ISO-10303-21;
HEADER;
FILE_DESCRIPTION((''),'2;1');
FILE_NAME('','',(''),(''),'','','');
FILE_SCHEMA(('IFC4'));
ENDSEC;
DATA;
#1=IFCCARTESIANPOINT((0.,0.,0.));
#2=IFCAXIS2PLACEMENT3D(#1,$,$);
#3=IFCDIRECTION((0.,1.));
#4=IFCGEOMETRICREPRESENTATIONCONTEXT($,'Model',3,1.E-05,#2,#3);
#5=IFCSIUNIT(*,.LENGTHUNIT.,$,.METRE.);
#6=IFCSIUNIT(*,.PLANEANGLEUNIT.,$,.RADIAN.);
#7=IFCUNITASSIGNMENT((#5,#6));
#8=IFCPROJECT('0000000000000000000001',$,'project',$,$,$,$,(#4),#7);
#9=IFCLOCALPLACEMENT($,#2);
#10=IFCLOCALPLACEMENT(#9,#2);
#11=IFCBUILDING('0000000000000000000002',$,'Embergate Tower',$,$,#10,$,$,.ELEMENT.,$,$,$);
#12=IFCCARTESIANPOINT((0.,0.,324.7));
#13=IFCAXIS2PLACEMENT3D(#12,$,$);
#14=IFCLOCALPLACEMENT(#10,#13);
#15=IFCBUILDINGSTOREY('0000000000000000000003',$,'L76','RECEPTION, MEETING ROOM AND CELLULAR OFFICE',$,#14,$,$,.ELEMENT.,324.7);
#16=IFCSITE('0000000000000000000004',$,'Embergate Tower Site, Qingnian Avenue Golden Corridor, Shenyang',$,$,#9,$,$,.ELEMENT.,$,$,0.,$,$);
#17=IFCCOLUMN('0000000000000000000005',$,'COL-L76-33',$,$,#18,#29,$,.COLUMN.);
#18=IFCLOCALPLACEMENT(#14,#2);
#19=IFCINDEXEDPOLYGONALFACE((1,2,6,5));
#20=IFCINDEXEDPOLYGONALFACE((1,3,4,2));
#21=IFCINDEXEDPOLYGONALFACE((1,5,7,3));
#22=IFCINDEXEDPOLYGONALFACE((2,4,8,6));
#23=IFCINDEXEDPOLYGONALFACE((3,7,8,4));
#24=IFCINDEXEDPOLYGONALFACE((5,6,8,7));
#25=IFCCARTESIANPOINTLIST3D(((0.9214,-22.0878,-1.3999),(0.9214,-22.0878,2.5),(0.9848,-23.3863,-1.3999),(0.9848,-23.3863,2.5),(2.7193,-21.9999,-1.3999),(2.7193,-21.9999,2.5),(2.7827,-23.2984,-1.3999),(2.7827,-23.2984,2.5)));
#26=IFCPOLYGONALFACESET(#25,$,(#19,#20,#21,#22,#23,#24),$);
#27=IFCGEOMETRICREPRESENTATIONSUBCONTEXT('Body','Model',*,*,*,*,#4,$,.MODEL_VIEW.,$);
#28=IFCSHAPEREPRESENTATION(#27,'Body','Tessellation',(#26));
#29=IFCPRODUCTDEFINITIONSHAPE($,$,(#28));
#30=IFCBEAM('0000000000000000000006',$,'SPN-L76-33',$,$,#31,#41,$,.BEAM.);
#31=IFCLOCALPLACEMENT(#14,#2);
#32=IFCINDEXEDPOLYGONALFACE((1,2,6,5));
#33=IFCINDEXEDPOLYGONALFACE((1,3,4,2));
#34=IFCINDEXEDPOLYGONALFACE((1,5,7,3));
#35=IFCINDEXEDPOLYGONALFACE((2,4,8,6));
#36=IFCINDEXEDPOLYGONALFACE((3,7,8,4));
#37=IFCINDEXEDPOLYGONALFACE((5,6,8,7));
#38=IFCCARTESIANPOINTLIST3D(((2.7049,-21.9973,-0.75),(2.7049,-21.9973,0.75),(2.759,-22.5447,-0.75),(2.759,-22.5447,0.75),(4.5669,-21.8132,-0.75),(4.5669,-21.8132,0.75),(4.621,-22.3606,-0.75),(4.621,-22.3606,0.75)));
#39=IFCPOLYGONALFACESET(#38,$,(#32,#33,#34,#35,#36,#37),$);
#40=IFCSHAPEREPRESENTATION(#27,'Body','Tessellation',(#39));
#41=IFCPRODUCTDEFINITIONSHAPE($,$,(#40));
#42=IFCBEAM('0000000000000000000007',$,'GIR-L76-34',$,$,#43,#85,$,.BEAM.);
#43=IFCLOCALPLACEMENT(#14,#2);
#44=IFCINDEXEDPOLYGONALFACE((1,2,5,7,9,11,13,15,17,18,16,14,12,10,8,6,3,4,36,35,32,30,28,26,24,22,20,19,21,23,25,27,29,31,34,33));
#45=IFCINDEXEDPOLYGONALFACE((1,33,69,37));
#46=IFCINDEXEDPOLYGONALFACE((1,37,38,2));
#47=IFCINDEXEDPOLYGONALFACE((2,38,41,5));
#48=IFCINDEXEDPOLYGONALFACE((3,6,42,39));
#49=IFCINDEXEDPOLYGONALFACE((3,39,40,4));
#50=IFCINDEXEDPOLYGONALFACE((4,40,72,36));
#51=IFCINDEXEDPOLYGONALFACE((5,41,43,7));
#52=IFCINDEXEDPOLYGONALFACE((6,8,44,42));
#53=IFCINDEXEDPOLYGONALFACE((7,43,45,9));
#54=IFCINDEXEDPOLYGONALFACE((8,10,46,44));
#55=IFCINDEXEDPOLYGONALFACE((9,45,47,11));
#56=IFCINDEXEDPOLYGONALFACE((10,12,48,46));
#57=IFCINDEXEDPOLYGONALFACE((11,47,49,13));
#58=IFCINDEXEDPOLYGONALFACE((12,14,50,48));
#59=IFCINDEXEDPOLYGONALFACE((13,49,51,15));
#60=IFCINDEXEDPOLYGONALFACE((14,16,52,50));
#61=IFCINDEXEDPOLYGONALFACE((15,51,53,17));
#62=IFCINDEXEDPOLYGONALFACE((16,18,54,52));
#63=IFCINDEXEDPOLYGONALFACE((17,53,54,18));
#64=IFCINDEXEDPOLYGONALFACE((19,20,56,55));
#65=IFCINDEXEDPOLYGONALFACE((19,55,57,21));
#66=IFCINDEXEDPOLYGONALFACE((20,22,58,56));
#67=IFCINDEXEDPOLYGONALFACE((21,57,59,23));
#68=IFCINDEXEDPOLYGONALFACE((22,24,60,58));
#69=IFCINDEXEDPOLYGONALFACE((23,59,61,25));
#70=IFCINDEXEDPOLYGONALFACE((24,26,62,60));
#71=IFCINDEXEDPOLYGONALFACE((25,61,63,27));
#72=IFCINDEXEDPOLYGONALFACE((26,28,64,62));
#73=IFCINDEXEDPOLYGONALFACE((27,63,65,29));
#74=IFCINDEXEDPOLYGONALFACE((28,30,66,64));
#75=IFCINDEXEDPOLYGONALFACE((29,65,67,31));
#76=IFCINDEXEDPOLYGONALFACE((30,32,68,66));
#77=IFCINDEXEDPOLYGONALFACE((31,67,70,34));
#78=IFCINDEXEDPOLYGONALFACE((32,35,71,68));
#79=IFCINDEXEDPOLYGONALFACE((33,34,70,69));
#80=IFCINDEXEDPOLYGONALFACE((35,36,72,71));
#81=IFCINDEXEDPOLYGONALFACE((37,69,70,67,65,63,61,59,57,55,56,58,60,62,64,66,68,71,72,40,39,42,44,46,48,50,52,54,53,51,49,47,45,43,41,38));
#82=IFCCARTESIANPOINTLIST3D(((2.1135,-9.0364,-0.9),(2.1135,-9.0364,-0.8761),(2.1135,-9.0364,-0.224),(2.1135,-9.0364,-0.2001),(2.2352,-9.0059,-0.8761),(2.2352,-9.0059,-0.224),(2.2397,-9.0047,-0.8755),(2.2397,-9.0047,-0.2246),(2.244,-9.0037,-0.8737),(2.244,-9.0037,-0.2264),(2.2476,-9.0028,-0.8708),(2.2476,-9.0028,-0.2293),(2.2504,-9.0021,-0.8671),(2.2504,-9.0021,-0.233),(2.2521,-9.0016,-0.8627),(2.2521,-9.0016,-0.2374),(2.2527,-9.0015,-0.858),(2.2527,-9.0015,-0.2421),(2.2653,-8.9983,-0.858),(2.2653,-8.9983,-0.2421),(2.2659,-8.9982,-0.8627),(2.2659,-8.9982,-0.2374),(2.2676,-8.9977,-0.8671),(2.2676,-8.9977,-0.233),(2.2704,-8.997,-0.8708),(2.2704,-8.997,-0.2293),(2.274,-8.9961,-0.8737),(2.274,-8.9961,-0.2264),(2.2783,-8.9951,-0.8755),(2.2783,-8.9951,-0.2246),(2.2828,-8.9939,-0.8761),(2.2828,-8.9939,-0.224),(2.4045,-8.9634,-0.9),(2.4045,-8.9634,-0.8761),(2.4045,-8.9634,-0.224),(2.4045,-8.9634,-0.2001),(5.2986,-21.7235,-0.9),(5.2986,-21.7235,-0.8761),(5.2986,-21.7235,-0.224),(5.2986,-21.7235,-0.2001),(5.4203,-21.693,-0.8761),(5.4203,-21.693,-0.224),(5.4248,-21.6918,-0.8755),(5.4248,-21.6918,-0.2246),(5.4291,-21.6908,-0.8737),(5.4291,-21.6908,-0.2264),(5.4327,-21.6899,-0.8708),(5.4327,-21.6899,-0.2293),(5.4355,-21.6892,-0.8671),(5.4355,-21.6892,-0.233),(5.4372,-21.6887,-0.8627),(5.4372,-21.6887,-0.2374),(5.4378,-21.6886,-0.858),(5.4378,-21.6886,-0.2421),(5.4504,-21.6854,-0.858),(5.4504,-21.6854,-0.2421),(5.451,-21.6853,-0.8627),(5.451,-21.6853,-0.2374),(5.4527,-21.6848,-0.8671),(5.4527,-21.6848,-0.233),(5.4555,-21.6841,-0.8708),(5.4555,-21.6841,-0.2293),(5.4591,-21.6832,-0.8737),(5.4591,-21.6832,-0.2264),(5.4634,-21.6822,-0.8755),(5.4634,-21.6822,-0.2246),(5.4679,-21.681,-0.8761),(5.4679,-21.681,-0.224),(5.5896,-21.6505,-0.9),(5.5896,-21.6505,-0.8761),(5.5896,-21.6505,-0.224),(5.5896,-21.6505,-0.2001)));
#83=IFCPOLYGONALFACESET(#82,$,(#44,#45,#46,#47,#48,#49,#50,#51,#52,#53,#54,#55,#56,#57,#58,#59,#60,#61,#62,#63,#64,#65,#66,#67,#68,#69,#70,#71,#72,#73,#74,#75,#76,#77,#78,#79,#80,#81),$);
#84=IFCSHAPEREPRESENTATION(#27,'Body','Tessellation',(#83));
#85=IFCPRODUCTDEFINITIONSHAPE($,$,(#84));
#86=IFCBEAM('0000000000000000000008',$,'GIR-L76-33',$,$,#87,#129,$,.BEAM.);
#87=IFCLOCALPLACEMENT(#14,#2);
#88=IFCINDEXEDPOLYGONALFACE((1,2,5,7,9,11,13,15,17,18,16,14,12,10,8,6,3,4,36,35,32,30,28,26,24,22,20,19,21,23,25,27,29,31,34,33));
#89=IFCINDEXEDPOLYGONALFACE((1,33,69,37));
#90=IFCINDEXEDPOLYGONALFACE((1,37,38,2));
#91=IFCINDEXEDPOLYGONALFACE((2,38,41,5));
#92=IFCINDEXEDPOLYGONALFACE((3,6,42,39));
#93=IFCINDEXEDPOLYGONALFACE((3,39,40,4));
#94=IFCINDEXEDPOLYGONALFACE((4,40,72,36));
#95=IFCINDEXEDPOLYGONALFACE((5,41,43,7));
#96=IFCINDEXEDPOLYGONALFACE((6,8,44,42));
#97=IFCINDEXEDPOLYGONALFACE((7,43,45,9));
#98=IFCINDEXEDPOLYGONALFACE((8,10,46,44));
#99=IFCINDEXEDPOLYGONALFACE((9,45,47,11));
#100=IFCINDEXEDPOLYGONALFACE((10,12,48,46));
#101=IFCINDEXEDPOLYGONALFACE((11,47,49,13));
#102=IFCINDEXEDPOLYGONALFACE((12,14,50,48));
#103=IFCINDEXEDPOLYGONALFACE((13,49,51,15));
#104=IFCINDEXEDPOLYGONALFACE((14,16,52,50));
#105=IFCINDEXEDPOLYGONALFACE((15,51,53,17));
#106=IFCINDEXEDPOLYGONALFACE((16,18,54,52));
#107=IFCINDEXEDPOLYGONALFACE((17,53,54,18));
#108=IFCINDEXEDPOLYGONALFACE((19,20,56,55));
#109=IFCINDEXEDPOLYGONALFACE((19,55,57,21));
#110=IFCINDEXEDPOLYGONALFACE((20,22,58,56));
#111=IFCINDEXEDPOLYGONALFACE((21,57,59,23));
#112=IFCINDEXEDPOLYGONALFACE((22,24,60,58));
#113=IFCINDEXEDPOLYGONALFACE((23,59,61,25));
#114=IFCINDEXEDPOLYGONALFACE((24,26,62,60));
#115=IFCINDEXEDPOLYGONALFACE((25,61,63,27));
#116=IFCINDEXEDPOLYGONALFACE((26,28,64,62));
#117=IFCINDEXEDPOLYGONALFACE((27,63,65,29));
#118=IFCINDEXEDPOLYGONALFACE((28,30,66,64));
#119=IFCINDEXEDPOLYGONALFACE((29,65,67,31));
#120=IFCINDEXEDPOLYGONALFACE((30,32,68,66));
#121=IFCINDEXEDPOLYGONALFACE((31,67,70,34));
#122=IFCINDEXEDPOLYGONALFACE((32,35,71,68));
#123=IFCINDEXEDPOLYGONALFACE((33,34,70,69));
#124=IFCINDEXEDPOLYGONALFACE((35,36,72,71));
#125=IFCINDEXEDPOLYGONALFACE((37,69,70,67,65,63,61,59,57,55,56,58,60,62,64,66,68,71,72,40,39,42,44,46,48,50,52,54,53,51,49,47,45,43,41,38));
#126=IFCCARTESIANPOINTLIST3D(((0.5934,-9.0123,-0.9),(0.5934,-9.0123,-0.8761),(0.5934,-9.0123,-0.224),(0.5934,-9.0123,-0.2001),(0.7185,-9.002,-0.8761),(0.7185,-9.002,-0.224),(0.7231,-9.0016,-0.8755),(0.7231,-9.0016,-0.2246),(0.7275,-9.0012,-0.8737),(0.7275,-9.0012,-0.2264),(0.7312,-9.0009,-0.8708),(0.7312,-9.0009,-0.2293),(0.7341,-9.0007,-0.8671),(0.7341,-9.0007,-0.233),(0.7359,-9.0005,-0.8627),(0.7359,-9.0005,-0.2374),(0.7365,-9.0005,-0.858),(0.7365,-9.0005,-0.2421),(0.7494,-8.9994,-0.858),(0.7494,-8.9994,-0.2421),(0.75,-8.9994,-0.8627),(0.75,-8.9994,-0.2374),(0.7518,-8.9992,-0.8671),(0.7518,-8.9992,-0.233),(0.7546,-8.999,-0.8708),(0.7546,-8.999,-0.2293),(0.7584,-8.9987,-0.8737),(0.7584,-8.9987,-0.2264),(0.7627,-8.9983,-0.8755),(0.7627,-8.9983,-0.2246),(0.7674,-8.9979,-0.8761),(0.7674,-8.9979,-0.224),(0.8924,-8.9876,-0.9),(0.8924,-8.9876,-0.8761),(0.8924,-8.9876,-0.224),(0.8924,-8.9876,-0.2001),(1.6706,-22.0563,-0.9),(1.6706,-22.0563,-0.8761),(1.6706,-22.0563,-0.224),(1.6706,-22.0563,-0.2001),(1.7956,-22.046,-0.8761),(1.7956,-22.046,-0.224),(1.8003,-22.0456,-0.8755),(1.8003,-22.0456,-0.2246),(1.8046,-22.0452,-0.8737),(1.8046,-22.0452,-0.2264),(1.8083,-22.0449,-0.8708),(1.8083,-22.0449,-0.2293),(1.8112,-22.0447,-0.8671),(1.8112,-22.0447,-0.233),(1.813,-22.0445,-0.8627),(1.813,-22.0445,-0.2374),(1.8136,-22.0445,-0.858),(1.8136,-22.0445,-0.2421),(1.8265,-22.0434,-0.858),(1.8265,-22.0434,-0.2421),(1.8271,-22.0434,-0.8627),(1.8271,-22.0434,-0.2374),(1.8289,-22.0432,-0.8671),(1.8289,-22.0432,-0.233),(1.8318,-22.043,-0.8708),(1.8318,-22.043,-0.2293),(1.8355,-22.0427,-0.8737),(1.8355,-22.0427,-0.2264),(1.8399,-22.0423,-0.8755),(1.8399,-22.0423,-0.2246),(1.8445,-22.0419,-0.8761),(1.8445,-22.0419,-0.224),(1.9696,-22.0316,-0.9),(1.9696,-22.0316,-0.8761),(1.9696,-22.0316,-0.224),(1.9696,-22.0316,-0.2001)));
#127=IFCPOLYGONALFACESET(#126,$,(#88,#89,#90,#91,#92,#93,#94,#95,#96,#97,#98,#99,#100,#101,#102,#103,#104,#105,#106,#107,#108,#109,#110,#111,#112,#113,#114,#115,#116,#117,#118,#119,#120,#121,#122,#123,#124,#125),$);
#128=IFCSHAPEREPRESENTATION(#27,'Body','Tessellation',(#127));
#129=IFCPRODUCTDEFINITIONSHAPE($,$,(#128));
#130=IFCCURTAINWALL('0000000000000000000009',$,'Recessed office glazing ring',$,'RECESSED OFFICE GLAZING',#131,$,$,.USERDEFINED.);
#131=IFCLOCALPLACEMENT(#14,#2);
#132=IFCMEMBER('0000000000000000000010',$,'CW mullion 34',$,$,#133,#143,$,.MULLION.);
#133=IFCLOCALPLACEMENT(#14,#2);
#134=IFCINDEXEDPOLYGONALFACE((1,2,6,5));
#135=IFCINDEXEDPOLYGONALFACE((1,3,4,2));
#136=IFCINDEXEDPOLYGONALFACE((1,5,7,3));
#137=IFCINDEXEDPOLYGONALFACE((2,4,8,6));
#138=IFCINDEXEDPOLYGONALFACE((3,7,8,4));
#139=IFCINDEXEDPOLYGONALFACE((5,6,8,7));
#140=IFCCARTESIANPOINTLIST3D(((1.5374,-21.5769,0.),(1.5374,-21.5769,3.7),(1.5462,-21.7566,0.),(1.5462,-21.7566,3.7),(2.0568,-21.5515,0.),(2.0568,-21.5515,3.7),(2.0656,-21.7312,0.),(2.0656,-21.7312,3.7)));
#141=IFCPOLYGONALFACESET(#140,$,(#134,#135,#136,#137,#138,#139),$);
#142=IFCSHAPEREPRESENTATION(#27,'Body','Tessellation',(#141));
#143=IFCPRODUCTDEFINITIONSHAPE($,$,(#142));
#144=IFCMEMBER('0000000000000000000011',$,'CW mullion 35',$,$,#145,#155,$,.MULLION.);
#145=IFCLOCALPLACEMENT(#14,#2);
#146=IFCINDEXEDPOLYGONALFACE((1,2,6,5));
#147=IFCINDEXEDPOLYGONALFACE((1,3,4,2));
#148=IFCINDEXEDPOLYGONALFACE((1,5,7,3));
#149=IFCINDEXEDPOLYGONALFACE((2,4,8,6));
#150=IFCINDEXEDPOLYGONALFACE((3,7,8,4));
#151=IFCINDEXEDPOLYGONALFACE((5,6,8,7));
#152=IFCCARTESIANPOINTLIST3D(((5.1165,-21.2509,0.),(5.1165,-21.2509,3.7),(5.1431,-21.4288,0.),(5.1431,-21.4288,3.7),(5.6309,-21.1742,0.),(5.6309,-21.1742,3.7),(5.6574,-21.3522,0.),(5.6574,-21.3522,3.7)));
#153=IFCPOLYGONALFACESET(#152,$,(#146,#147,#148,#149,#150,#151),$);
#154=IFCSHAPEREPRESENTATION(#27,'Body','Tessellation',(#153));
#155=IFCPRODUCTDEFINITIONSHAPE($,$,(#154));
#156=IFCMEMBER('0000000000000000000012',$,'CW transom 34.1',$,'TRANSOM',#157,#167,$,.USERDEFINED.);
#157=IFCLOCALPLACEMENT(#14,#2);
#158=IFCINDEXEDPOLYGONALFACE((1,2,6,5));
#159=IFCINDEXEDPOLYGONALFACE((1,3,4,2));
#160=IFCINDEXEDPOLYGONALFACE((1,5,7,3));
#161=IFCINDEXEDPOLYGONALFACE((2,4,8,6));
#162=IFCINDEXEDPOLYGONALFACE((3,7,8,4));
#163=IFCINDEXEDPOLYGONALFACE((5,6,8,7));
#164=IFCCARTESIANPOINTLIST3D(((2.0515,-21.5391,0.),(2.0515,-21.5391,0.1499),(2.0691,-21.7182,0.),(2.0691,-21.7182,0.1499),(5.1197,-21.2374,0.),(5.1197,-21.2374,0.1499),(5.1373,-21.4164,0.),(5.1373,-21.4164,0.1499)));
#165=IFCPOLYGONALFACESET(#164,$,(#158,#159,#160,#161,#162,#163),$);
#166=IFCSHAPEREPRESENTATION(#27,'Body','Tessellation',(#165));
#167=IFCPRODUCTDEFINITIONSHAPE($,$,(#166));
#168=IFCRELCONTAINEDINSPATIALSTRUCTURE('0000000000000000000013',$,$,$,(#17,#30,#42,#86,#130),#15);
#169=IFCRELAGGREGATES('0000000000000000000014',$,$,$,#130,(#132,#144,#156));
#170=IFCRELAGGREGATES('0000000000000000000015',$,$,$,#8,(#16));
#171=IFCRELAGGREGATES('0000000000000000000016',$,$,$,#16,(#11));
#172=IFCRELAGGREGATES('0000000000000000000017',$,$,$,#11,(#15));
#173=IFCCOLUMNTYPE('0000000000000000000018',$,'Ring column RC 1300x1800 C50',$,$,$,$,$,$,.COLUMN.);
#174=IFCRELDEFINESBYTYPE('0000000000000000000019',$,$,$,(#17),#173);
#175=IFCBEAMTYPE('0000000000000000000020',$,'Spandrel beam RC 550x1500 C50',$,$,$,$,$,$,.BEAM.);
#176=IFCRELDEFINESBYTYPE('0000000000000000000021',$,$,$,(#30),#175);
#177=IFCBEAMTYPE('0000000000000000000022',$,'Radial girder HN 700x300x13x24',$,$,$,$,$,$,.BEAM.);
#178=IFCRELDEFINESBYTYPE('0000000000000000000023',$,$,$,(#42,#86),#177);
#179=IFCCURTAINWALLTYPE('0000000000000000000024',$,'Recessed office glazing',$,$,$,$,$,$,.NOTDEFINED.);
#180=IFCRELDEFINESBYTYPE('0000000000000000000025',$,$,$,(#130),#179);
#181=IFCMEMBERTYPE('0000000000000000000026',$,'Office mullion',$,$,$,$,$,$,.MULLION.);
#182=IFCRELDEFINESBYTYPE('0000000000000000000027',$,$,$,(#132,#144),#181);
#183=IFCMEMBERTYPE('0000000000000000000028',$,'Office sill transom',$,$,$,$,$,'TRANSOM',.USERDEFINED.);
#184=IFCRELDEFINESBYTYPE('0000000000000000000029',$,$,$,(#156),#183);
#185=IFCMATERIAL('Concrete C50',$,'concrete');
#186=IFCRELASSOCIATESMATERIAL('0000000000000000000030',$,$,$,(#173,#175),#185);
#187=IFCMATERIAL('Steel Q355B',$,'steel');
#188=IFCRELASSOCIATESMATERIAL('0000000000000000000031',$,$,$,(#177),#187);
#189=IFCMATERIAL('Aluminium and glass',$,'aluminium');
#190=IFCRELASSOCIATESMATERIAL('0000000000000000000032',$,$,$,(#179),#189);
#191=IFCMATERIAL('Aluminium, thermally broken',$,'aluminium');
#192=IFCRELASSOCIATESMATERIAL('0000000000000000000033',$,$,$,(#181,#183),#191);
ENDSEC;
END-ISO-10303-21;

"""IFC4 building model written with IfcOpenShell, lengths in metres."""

from ifc_helpers import new_model, si_unit, direction, frame, origin, origin_2d, place, context, subcontext, project, spatial, rectangle, i_section, extrude, source, transform, mapped, material, material_profile, profile_set, type_object, element, aggregate, save


model = new_model("IFC4")

# Units and contexts
model_context = context("Model", 3, precision=1e-05, world=origin(), true_north=direction((0.0, 1.0)))
body_context = subcontext(model_context, "Body", "Model", "MODEL_VIEW")
ifc_project = project(units=[si_unit("LENGTHUNIT", "METRE"), si_unit("PLANEANGLEUNIT", "RADIAN")], contexts=[model_context])

# Site, building, storey
site_placement = place(None, origin())
site = spatial("IfcSite", under=ifc_project, at=site_placement, Name="Embergate Tower Site, Qingnian Avenue Golden Corridor, Shenyang", CompositionType="ELEMENT", RefElevation=0.0)
building_placement = place(site_placement, origin())
building = spatial("IfcBuilding", under=site, at=building_placement, Name="Embergate Tower", CompositionType="ELEMENT")
storey_placement = place(building_placement, frame((0.0, 0.0, 324.7)))
storey = spatial("IfcBuildingStorey", under=building, at=storey_placement, Name="L76", Description="RECEPTION, MEETING ROOM AND CELLULAR OFFICE", CompositionType="ELEMENT", Elevation=324.7)

# Column
ifc_material_1 = material(Name="Concrete C50", Category="concrete")
ifc_material_profile_1 = material_profile(ifc_material_1, rectangle(XDim=1.3, YDim=1.8, at=origin_2d()), Name="RC 1300x1800")
ifc_profile_set_1 = profile_set([ifc_material_profile_1], Name="Concrete C50")
column_type = type_object("IfcColumnType", Name="Ring column RC 1300x1800 C50", PredefinedType="COLUMN", material=ifc_profile_set_1)
shared_shape_1 = source(origin(), body_context, "Body", "SweptSolid", [
    extrude(rectangle(XDim=1.3, YDim=1.8, at=origin_2d()), origin(), (0.0, 0.0, 1.0), 3.8999),
])
column_placement = place(storey_placement, frame((1.8521, -22.6931, -1.3999), z_axis=(0.0, 0.0, 1.0), x_axis=(0.048815, -0.998808, 0.0)))
element("IfcColumn", 1, at=column_placement, inside=storey, type_object=column_type, Name="COL-L76-33", PredefinedType="COLUMN", context=body_context, shape_type="MappedRepresentation", body=[
    mapped(shared_shape_1, transform((0.0, 0.0, 0.0))),
])

# Beams
ifc_material_profile_2 = material_profile(ifc_material_1, rectangle(XDim=0.55, YDim=1.5, at=origin_2d()), Name="RC 550x1500")
ifc_profile_set_2 = profile_set([ifc_material_profile_2], Name="Concrete C50")
beam_type_1 = type_object("IfcBeamType", Name="Spandrel beam RC 550x1500 C50", PredefinedType="BEAM", material=ifc_profile_set_2)
shared_shape_2 = source(origin(), body_context, "Body", "SweptSolid", [
    extrude(rectangle(XDim=0.55, YDim=1.5, at=origin_2d()), origin(), (0.0, 0.0, 1.0), 1.8711),
])
beam_1_placement = place(storey_placement, frame((2.7319, -22.271, 0.0), z_axis=(0.995149, 0.09838, 0.0), x_axis=(-0.09838, 0.995149, 0.0)))
element("IfcBeam", 2, at=beam_1_placement, inside=storey, type_object=beam_type_1, Name="SPN-L76-33", PredefinedType="BEAM", context=body_context, shape_type="MappedRepresentation", body=[
    mapped(shared_shape_2, transform((0.0, 0.0, 0.0))),
])
ifc_material_2 = material(Name="Steel Q355B", Category="steel")
ifc_material_profile_3 = material_profile(ifc_material_2, i_section(OverallWidth=0.3, OverallDepth=0.7, WebThickness=0.0129, FlangeThickness=0.0239, FilletRadius=0.0181, at=origin_2d()), Name="HN 700x300x13x24")
ifc_profile_set_3 = profile_set([ifc_material_profile_3], Name="Steel Q355 grade B")
beam_type_2 = type_object("IfcBeamType", Name="Radial girder HN 700x300x13x24", PredefinedType="BEAM", material=ifc_profile_set_3)
shared_shape_3 = source(origin(), body_context, "Body", "SweptSolid", [
    extrude(i_section(OverallWidth=0.3, OverallDepth=0.7, WebThickness=0.0129, FlangeThickness=0.0239, FilletRadius=0.0181, at=origin_2d()), origin(), (0.0, 0.0, 1.0), 13.0808),
])
beam_2_placement = place(storey_placement, frame((5.4441, -21.687, -0.55), z_axis=(-0.243493, 0.969903, 0.0), x_axis=(-0.969903, -0.243493, 0.0)))
element("IfcBeam", 3, at=beam_2_placement, inside=storey, type_object=beam_type_2, Name="GIR-L76-34", PredefinedType="BEAM", context=body_context, shape_type="MappedRepresentation", body=[
    mapped(shared_shape_3, transform((0.0, 0.0, 0.0))),
])
shared_shape_4 = source(origin(), body_context, "Body", "SweptSolid", [
    extrude(i_section(OverallWidth=0.3, OverallDepth=0.7, WebThickness=0.0129, FlangeThickness=0.0239, FilletRadius=0.0181, at=origin_2d()), origin(), (0.0, 0.0, 1.0), 13.0884),
])
beam_3_placement = place(storey_placement, frame((1.8201, -22.0439, -0.55), z_axis=(-0.082298, 0.996608, 0.0), x_axis=(-0.996608, -0.082298, 0.0)))
element("IfcBeam", 4, at=beam_3_placement, inside=storey, type_object=beam_type_2, Name="GIR-L76-33", PredefinedType="BEAM", context=body_context, shape_type="MappedRepresentation", body=[
    mapped(shared_shape_4, transform((0.0, 0.0, 0.0))),
])

# Curtain wall, members
ifc_material_3 = material(Name="Aluminium and glass", Category="aluminium")
curtain_wall_type = type_object("IfcCurtainWallType", Name="Recessed office glazing", PredefinedType="NOTDEFINED", material=ifc_material_3)
curtain_wall_placement = place(storey_placement, origin())
curtain_wall = element("IfcCurtainWall", 5, at=curtain_wall_placement, inside=storey, type_object=curtain_wall_type, Name="Recessed office glazing ring", ObjectType="RECESSED OFFICE GLAZING", PredefinedType="USERDEFINED")
ifc_material_4 = material(Name="Aluminium, thermally broken", Category="aluminium")
ifc_material_profile_4 = material_profile(ifc_material_4, rectangle(XDim=0.1799, YDim=0.52, at=origin_2d()), Name="AL 520x180")
ifc_profile_set_4 = profile_set([ifc_material_profile_4], Name="Aluminium, thermally broken")
member_type_1 = type_object("IfcMemberType", Name="Office mullion", PredefinedType="MULLION", material=ifc_profile_set_4)
shared_shape_5 = source(origin(), body_context, "Body", "SweptSolid", [
    extrude(rectangle(XDim=0.1799, YDim=0.52, at=origin_2d()), origin(), (0.0, 0.0, 1.0), 3.7),
])
member_1_placement = place(storey_placement, frame((1.8015, -21.6541, 0.0), z_axis=(0.0, 0.0, 1.0), x_axis=(-0.048972, 0.9988, 0.0)))
member_1 = element("IfcMember", 6, at=member_1_placement, type_object=member_type_1, Name="CW mullion 34", PredefinedType="MULLION", context=body_context, shape_type="MappedRepresentation", body=[
    mapped(shared_shape_5, transform((0.0, 0.0, 0.0))),
])
member_2_placement = place(storey_placement, frame((5.387, -21.3015, 0.0), z_axis=(0.0, 0.0, 1.0), x_axis=(-0.147412, 0.989075, 0.0)))
member_2 = element("IfcMember", 7, at=member_2_placement, type_object=member_type_1, Name="CW mullion 35", PredefinedType="MULLION", context=body_context, shape_type="MappedRepresentation", body=[
    mapped(shared_shape_5, transform((0.0, 0.0, 0.0))),
])
ifc_material_profile_5 = material_profile(ifc_material_4, rectangle(XDim=0.1799, YDim=0.1499, at=origin_2d()), Name="AL 150x180")
ifc_profile_set_5 = profile_set([ifc_material_profile_5], Name="Aluminium, thermally broken")
member_type_2 = type_object("IfcMemberType", Name="Office sill transom", ElementType="TRANSOM", PredefinedType="USERDEFINED", material=ifc_profile_set_5)
shared_shape_6 = source(origin(), body_context, "Body", "SweptSolid", [
    extrude(rectangle(XDim=0.1799, YDim=0.1499, at=origin_2d()), origin(), (0.0, 0.0, 1.0), 3.083),
])
member_3_placement = place(storey_placement, frame((2.0603, -21.6287, 0.075), z_axis=(0.995198, 0.097881, 0.0), x_axis=(-0.097881, 0.995198, 0.0)))
member_3 = element("IfcMember", 8, at=member_3_placement, type_object=member_type_2, Name="CW transom 34.1", ObjectType="TRANSOM", PredefinedType="USERDEFINED", context=body_context, shape_type="MappedRepresentation", body=[
    mapped(shared_shape_6, transform((0.0, 0.0, 0.0))),
])
aggregate(curtain_wall, [member_1, member_2, member_3])

save(model, "model.ifc")
